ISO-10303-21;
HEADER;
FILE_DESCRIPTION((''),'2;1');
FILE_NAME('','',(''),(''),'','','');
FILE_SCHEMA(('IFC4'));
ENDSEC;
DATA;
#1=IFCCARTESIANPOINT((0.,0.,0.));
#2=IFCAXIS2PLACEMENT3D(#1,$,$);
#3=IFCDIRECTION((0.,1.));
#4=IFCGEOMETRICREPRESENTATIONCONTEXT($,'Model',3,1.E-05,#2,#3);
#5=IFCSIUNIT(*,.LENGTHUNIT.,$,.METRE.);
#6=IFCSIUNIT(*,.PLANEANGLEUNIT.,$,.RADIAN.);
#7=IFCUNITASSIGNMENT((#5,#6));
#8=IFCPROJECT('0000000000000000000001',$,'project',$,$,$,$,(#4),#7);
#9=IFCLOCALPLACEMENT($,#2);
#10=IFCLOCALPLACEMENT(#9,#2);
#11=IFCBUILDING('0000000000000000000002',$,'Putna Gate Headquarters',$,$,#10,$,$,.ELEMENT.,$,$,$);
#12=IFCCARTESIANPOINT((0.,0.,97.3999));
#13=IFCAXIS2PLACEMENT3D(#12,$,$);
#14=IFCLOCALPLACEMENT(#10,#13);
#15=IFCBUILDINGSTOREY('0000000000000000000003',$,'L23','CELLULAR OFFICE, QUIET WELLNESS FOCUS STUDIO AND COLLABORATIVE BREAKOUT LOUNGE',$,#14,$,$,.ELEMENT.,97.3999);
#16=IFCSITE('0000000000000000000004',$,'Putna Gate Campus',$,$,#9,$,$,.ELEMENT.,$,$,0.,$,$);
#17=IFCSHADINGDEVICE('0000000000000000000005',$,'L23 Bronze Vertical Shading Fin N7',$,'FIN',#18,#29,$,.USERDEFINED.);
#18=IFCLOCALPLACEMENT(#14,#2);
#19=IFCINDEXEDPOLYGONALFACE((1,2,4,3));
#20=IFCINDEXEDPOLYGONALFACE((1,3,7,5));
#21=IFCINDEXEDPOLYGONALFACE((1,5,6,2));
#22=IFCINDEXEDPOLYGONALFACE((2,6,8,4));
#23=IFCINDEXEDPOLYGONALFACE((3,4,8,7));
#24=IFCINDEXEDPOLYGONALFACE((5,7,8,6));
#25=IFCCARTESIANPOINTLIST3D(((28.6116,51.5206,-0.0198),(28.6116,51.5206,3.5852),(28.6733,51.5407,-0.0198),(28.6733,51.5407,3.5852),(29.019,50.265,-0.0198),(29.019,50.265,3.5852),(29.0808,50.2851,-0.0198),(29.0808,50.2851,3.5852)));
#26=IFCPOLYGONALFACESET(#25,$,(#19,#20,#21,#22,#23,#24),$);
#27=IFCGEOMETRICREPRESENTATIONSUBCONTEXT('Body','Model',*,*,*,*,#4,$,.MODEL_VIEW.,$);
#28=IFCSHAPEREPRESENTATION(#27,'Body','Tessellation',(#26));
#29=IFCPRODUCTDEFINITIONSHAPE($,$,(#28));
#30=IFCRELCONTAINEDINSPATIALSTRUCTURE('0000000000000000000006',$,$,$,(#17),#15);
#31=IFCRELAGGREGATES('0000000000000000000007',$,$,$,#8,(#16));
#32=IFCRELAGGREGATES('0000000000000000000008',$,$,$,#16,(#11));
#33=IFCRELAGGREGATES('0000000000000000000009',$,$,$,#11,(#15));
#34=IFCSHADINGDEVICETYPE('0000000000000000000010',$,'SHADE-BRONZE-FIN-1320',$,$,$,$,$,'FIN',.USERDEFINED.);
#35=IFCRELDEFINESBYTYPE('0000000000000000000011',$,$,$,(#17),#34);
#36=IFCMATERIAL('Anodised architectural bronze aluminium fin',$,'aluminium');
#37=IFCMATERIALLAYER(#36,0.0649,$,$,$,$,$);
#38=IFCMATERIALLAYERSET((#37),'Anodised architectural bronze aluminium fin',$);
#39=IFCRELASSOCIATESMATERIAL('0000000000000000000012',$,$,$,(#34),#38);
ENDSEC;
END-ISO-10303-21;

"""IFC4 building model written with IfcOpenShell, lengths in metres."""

from ifc_helpers import new_model, si_unit, direction, frame, origin, origin_2d, place, context, subcontext, project, spatial, rectangle, extrude, material, layer, layer_set, type_object, element, save


model = new_model("IFC4")

# Units and contexts
model_context = context("Model", 3, precision=1e-05, world=origin(), true_north=direction((0.0, 1.0)))
body_context = subcontext(model_context, "Body", "Model", "MODEL_VIEW")
ifc_project = project(units=[si_unit("LENGTHUNIT", "METRE"), si_unit("PLANEANGLEUNIT", "RADIAN")], contexts=[model_context])

# Site, building, storey
site_placement = place(None, origin())
site = spatial("IfcSite", under=ifc_project, at=site_placement, Name="Putna Gate Campus", CompositionType="ELEMENT", RefElevation=0.0)
building_placement = place(site_placement, origin())
building = spatial("IfcBuilding", under=site, at=building_placement, Name="Putna Gate Headquarters", CompositionType="ELEMENT")
storey_placement = place(building_placement, frame((0.0, 0.0, 97.3999)))
storey = spatial("IfcBuildingStorey", under=building, at=storey_placement, Name="L23", Description="CELLULAR OFFICE, QUIET WELLNESS FOCUS STUDIO AND COLLABORATIVE BREAKOUT LOUNGE", CompositionType="ELEMENT", Elevation=97.3999)

# Shading device
ifc_material_1 = material(Name="Anodised architectural bronze aluminium fin", Category="aluminium")
ifc_layer_1 = layer(ifc_material_1, 0.0649)
ifc_layer_set_1 = layer_set([ifc_layer_1], Name="Anodised architectural bronze aluminium fin")
shading_device_type = type_object("IfcShadingDeviceType", Name="SHADE-BRONZE-FIN-1320", ElementType="FIN", PredefinedType="USERDEFINED", material=ifc_layer_set_1)
for number, where, z_axis, x_axis, name in (
    (1, (28.8462, 50.9028, -0.0198), (0.0, 0.0, 1.0), (-0.308685, 0.951164, 0.0), "L23 Bronze Vertical Shading Fin N7"),
):
    element("IfcShadingDevice", number, at=place(storey_placement, frame(where, z_axis=z_axis, x_axis=x_axis)), inside=storey, type_object=shading_device_type, Name=name, ObjectType="FIN", PredefinedType="USERDEFINED", context=body_context, shape_type="SweptSolid", body=[
        extrude(rectangle(XDim=1.3201, YDim=0.0649, at=origin_2d()), origin(), (0.0, 0.0, 1.0), 3.605),
    ])

save(model, "model.ifc")
